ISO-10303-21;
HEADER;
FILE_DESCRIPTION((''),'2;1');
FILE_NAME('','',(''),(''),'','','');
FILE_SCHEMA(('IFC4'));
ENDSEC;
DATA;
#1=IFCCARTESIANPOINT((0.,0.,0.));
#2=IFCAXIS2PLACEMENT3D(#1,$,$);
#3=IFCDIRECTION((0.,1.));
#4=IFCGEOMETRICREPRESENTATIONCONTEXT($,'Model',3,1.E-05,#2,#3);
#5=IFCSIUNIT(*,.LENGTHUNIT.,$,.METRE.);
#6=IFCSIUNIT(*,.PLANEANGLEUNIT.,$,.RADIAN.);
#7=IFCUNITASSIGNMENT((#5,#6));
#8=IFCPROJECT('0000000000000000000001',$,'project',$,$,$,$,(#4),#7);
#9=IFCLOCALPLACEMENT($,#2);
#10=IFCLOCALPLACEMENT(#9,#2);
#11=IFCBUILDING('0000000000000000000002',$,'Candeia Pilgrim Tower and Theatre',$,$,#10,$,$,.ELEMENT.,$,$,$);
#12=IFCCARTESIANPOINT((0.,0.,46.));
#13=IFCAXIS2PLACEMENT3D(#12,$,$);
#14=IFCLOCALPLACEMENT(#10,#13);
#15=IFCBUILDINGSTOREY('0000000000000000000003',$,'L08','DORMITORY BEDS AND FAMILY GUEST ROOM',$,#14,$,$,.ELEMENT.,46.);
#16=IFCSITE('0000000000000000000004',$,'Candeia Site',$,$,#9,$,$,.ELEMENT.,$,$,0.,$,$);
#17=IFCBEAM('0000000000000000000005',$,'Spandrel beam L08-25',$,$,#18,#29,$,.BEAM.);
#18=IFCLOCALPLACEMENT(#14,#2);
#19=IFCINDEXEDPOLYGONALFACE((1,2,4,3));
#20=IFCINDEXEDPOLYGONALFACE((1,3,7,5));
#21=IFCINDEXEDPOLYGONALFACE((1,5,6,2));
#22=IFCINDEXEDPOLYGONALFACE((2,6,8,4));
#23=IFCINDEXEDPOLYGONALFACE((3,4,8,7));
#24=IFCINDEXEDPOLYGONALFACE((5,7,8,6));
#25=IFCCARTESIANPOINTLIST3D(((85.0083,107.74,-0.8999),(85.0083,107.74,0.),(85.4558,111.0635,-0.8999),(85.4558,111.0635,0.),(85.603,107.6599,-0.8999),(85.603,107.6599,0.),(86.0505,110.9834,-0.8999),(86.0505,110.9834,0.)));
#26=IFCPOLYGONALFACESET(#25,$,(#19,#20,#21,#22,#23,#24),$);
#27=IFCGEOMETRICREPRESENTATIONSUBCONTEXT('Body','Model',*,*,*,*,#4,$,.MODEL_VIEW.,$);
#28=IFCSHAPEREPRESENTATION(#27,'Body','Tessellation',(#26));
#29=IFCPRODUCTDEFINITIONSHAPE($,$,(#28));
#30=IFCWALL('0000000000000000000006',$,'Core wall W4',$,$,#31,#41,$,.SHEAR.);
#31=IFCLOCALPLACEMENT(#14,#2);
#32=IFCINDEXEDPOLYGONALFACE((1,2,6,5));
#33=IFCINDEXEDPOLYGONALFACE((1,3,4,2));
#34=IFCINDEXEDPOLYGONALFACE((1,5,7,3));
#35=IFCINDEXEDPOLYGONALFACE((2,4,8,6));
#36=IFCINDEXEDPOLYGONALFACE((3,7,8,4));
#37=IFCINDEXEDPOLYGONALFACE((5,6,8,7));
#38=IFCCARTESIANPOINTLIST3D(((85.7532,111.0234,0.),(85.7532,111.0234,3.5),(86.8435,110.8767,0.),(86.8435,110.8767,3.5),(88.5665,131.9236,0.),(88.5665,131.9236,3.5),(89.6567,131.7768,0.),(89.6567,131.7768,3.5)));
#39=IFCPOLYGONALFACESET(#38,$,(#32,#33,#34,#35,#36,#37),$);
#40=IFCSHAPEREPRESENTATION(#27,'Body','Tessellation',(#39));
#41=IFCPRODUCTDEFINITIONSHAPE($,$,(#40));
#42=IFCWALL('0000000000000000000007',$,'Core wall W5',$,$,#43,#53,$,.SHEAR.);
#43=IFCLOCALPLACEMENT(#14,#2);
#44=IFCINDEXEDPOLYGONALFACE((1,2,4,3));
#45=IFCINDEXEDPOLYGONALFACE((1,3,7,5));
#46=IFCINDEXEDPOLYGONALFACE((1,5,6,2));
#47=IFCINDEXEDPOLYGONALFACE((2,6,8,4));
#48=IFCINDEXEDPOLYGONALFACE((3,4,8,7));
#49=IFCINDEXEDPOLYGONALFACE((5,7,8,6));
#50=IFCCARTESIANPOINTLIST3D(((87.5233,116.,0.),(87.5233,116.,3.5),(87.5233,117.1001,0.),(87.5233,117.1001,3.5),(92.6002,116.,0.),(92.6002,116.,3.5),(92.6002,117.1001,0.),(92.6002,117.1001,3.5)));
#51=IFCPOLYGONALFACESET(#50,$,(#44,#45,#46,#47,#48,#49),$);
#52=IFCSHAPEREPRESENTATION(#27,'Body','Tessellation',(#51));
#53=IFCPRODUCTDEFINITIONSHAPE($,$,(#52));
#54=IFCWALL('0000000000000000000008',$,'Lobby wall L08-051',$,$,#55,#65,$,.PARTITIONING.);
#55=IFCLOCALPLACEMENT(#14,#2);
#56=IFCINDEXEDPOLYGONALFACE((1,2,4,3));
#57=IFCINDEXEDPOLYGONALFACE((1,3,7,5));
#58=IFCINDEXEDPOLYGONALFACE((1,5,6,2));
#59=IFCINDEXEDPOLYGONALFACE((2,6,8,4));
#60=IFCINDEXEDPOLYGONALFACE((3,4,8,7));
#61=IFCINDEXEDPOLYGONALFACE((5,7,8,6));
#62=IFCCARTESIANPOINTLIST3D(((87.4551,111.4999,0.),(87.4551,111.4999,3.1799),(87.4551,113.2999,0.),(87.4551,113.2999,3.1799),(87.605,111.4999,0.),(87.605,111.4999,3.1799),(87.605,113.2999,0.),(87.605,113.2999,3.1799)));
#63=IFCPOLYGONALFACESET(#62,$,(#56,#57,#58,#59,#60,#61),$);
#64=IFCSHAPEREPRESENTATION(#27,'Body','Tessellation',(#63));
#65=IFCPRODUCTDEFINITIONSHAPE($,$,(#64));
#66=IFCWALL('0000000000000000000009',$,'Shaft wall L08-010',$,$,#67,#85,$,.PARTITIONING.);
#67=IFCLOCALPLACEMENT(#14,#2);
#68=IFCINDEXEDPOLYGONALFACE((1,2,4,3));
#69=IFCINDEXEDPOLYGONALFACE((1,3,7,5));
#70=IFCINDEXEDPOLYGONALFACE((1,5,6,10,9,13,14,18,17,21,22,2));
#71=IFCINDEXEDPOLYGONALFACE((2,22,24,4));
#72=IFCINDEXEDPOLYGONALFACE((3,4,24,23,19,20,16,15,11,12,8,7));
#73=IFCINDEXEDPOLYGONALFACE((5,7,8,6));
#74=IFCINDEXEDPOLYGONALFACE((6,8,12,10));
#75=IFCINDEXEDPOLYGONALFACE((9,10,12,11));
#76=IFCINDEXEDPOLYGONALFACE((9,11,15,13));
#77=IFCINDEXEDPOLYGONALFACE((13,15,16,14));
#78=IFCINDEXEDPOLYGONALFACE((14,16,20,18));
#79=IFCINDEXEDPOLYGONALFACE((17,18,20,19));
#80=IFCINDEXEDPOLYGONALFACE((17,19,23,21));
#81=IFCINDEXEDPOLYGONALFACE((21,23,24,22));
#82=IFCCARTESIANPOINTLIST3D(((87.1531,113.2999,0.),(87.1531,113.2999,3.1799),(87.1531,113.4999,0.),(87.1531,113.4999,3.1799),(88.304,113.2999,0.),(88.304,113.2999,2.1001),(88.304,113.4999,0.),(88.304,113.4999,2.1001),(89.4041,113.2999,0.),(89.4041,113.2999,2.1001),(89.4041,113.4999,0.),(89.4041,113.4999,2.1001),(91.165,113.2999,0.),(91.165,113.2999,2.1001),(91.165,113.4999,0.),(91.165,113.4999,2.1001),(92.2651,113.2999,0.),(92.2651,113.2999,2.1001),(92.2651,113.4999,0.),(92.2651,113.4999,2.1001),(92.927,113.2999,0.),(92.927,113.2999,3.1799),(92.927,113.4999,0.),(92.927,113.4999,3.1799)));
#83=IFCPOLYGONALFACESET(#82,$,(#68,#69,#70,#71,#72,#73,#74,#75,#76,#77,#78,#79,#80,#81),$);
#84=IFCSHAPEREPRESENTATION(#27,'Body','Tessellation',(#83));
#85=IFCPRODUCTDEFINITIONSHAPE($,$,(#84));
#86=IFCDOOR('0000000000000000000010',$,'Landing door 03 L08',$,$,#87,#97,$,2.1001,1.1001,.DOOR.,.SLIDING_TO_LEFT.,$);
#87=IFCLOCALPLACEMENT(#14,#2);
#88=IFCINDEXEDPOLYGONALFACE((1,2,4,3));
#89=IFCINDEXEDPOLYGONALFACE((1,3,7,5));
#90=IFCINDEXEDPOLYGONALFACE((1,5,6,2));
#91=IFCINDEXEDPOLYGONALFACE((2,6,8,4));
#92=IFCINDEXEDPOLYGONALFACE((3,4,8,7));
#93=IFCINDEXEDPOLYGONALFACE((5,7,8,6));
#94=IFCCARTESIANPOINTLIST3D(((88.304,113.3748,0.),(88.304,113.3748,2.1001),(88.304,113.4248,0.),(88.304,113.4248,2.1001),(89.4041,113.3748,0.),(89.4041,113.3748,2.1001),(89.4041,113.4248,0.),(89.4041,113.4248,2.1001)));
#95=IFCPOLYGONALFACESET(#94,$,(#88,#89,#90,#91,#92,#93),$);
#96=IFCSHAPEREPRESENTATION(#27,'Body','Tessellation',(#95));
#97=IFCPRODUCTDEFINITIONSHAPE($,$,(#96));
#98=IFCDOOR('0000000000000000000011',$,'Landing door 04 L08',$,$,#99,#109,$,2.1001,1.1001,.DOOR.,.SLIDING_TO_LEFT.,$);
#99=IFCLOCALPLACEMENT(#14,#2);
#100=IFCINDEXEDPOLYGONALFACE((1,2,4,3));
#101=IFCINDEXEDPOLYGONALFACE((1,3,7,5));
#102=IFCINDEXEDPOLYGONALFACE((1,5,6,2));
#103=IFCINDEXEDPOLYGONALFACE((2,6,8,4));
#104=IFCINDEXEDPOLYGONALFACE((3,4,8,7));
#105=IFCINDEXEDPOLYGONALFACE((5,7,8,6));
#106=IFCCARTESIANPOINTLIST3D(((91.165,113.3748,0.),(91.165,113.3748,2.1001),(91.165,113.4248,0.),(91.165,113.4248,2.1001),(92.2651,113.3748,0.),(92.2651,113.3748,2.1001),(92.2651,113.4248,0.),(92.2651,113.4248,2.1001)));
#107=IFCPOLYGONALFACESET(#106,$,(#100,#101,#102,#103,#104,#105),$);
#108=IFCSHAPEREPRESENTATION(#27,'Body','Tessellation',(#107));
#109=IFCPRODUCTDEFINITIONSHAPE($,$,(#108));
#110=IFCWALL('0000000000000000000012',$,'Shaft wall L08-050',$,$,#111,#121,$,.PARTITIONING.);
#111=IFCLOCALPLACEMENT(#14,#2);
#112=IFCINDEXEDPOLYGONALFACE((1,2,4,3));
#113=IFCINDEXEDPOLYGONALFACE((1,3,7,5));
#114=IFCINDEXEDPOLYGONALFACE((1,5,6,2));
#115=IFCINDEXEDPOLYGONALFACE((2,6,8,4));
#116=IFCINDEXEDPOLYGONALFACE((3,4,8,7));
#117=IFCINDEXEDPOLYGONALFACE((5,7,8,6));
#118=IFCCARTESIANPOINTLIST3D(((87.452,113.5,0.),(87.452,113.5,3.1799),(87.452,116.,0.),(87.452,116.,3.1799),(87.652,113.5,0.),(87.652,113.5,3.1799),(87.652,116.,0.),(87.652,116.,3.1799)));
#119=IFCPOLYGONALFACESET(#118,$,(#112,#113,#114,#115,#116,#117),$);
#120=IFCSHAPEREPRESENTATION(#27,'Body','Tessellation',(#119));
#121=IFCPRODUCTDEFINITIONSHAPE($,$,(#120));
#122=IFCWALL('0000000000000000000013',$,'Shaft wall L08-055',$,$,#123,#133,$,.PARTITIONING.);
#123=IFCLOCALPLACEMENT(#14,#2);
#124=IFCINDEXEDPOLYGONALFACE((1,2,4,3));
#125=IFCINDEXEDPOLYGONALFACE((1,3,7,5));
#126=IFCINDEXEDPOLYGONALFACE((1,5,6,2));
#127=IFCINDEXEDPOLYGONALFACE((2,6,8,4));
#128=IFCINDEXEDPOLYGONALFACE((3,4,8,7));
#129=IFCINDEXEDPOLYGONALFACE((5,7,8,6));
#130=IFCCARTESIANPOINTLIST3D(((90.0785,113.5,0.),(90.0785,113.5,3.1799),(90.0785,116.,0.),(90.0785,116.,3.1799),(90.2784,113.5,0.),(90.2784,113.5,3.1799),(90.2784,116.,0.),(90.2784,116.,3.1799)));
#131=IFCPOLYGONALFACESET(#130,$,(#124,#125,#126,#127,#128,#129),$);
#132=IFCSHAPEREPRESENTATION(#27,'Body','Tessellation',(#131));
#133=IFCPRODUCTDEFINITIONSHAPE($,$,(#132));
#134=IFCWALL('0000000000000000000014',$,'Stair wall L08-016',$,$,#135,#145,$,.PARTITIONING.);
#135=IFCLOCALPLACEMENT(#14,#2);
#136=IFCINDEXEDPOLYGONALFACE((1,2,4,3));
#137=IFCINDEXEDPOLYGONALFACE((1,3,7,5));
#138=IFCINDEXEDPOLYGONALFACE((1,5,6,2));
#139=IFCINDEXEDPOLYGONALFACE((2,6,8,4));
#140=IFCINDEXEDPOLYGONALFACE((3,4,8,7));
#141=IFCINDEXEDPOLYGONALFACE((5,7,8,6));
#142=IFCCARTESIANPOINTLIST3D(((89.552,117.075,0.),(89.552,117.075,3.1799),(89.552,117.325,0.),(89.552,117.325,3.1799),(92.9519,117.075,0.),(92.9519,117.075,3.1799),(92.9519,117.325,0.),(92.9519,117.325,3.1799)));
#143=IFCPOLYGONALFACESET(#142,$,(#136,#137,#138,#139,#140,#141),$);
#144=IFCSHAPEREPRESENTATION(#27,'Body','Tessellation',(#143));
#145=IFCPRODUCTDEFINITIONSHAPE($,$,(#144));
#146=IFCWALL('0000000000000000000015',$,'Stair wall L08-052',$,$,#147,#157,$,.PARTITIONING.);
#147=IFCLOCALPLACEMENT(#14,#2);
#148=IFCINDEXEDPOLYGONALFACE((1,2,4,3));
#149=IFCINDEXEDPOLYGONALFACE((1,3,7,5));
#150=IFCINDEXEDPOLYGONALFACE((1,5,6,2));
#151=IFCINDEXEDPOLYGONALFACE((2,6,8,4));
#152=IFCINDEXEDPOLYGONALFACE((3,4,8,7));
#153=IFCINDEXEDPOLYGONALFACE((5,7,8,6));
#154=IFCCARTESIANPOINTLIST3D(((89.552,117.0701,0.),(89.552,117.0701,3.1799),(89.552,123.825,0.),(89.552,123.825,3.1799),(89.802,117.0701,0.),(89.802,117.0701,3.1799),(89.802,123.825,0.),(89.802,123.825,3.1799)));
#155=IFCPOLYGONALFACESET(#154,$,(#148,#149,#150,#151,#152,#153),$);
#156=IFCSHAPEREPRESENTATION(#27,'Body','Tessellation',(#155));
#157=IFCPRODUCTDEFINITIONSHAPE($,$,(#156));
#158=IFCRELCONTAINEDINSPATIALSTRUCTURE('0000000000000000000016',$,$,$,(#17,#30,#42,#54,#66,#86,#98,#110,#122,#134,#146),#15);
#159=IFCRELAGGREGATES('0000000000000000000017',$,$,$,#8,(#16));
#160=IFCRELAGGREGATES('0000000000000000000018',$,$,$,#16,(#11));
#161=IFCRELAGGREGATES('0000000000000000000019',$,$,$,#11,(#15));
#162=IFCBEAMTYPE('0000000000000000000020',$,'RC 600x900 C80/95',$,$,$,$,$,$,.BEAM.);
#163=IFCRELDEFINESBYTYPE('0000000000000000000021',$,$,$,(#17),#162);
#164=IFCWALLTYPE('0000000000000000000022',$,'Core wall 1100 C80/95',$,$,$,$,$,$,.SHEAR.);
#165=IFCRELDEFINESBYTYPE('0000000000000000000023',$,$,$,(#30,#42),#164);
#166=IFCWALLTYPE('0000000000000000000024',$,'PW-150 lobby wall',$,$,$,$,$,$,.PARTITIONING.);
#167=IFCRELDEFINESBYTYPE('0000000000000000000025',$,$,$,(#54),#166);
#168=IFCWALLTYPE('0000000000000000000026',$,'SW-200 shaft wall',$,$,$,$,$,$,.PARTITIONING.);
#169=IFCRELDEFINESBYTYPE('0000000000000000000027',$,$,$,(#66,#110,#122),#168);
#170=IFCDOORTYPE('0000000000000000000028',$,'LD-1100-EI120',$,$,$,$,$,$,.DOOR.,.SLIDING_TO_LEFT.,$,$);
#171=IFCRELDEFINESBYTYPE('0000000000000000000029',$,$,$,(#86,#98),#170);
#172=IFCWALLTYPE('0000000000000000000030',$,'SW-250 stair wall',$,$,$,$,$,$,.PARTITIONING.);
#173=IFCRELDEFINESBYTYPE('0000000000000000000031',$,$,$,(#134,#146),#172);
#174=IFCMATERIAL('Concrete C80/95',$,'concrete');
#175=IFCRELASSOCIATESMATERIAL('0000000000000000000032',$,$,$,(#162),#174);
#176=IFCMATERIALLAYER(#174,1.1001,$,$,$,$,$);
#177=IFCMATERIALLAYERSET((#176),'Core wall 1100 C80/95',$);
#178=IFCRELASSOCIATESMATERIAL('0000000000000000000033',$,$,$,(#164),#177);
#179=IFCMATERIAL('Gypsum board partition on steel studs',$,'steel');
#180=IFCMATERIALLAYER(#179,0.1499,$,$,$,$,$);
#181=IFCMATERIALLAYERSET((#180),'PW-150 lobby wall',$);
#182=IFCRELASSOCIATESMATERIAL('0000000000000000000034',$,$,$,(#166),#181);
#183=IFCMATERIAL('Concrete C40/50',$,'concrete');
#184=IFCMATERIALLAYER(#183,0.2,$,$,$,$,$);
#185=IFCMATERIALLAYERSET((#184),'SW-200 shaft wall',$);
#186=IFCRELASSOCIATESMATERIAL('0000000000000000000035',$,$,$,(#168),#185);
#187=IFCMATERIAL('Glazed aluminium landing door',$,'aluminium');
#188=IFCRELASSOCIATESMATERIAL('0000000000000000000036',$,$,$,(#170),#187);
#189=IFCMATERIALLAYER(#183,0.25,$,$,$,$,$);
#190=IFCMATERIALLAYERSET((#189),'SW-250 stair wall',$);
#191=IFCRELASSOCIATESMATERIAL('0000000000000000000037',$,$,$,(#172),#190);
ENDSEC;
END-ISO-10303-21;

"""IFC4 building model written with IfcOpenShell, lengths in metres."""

from ifc_helpers import new_model, si_unit, direction, frame, frame_2d, origin, origin_2d, place, context, subcontext, project, spatial, rectangle, extrude, material, layer, layer_set, material_profile, profile_set, type_object, element, fill, save


model = new_model("IFC4")

# Units and contexts
model_context = context("Model", 3, precision=1e-05, world=origin(), true_north=direction((0.0, 1.0)))
body_context = subcontext(model_context, "Body", "Model", "MODEL_VIEW")
ifc_project = project(units=[si_unit("LENGTHUNIT", "METRE"), si_unit("PLANEANGLEUNIT", "RADIAN")], contexts=[model_context])

# Site, building, storey
site_placement = place(None, origin())
site = spatial("IfcSite", under=ifc_project, at=site_placement, Name="Candeia Site", CompositionType="ELEMENT", RefElevation=0.0)
building_placement = place(site_placement, origin())
building = spatial("IfcBuilding", under=site, at=building_placement, Name="Candeia Pilgrim Tower and Theatre", CompositionType="ELEMENT")
storey_placement = place(building_placement, frame((0.0, 0.0, 46.0)))
storey = spatial("IfcBuildingStorey", under=building, at=storey_placement, Name="L08", Description="DORMITORY BEDS AND FAMILY GUEST ROOM", CompositionType="ELEMENT", Elevation=46.0)

# Beam
ifc_material_1 = material(Name="Concrete C80/95", Category="concrete")
ifc_material_profile = material_profile(ifc_material_1, rectangle(XDim=0.6001, YDim=0.8999, at=origin_2d()))
ifc_profile_set = profile_set([ifc_material_profile], Name="Concrete C80/95")
beam_type = type_object("IfcBeamType", Name="RC 600x900 C80/95", PredefinedType="BEAM", material=ifc_profile_set)
beam_placement = place(storey_placement, frame((85.7532, 111.0234, -0.45), z_axis=(-0.133446, -0.991056, 0.0), x_axis=(0.991056, -0.133446, 0.0)))
element("IfcBeam", 1, at=beam_placement, inside=storey, type_object=beam_type, Name="Spandrel beam L08-25", PredefinedType="BEAM", context=body_context, shape_type="SweptSolid", body=[
    extrude(rectangle(XDim=0.6001, YDim=0.8999, at=origin_2d()), origin(), (0.0, 0.0, 1.0), 3.3535),
])

# Walls
ifc_layer_1 = layer(ifc_material_1, 1.1001)
ifc_layer_set_1 = layer_set([ifc_layer_1], Name="Core wall 1100 C80/95")
wall_type_1 = type_object("IfcWallType", Name="Core wall 1100 C80/95", PredefinedType="SHEAR", material=ifc_layer_set_1)
wall_1_placement = place(storey_placement, frame((86.2983, 110.95, 0.0), z_axis=(0.0, 0.0, 1.0), x_axis=(0.1334, 0.991062, 0.0)))
element("IfcWall", 2, at=wall_1_placement, inside=storey, type_object=wall_type_1, Name="Core wall W4", PredefinedType="SHEAR", context=body_context, shape_type="SweptSolid", body=[
    extrude(rectangle(XDim=21.0886, YDim=1.1001, at=frame_2d((10.5444, 0.0))), origin(), (0.0, 0.0, 1.0), 3.5),
])
wall_2_placement = place(storey_placement, frame((87.5232, 116.55, 0.0), z_axis=(0.0, 0.0, 1.0), x_axis=(1.0, 0.0, 0.0)))
element("IfcWall", 3, at=wall_2_placement, inside=storey, type_object=wall_type_1, Name="Core wall W5", PredefinedType="SHEAR", context=body_context, shape_type="SweptSolid", body=[
    extrude(rectangle(XDim=5.0769, YDim=1.1001, at=frame_2d((2.5386, 0.0))), origin(), (0.0, 0.0, 1.0), 3.5),
])
ifc_material_2 = material(Name="Gypsum board partition on steel studs", Category="steel")
ifc_layer_2 = layer(ifc_material_2, 0.1499)
ifc_layer_set_2 = layer_set([ifc_layer_2], Name="PW-150 lobby wall")
wall_type_2 = type_object("IfcWallType", Name="PW-150 lobby wall", PredefinedType="PARTITIONING", material=ifc_layer_set_2)
wall_3_placement = place(storey_placement, frame((87.53, 111.5, 0.0), z_axis=(0.0, 0.0, 1.0), x_axis=(0.0, 1.0, 0.0)))
element("IfcWall", 4, at=wall_3_placement, inside=storey, type_object=wall_type_2, Name="Lobby wall L08-051", PredefinedType="PARTITIONING", context=body_context, shape_type="SweptSolid", body=[
    extrude(rectangle(XDim=1.8, YDim=0.1499, at=frame_2d((0.8999, 0.0))), origin(), (0.0, 0.0, 1.0), 3.1799),
])

# Wall, openings, doors
ifc_material_3 = material(Name="Concrete C40/50", Category="concrete")
ifc_layer_3 = layer(ifc_material_3, 0.2)
ifc_layer_set_3 = layer_set([ifc_layer_3], Name="SW-200 shaft wall")
wall_type_3 = type_object("IfcWallType", Name="SW-200 shaft wall", PredefinedType="PARTITIONING", material=ifc_layer_set_3)
wall_4_placement = place(storey_placement, frame((87.1531, 113.3999, 0.0), z_axis=(0.0, 0.0, 1.0), x_axis=(1.0, 0.0, 0.0)))
wall_4 = element("IfcWall", 5, at=wall_4_placement, inside=storey, type_object=wall_type_3, Name="Shaft wall L08-010", PredefinedType="PARTITIONING", context=body_context, shape_type="SweptSolid", body=[
    extrude(rectangle(XDim=5.7739, YDim=0.2, at=frame_2d((2.887, 0.0))), origin(), (0.0, 0.0, 1.0), 3.1799),
])
opening_1_placement = place(wall_4_placement, frame((1.1509, 0.0, 0.0)))
opening_1 = element("IfcOpeningElement", 6, at=opening_1_placement, cuts=wall_4, PredefinedType="OPENING", context=body_context, shape_type="SweptSolid", body=[
    extrude(rectangle(XDim=1.1001, YDim=2.1001, at=frame_2d((0.55, 1.05))), frame((0.0, 0.1099, 0.0), z_axis=(0.0, -1.0, 0.0), x_axis=(1.0, 0.0, 0.0)), (0.0, 0.0, 1.0), 0.22),
])
opening_2_placement = place(wall_4_placement, frame((4.012, 0.0, 0.0)))
opening_2 = element("IfcOpeningElement", 7, at=opening_2_placement, cuts=wall_4, PredefinedType="OPENING", context=body_context, shape_type="SweptSolid", body=[
    extrude(rectangle(XDim=1.1001, YDim=2.1001, at=frame_2d((0.55, 1.05))), frame((0.0, 0.1099, 0.0), z_axis=(0.0, -1.0, 0.0), x_axis=(1.0, 0.0, 0.0)), (0.0, 0.0, 1.0), 0.22),
])
ifc_material_4 = material(Name="Glazed aluminium landing door", Category="aluminium")
door_type = type_object("IfcDoorType", Name="LD-1100-EI120", OperationType="SLIDING_TO_LEFT", PredefinedType="DOOR", material=ifc_material_4)
door_1_placement = place(opening_1_placement, origin())
door_1 = element("IfcDoor", 8, at=door_1_placement, inside=storey, type_object=door_type, Name="Landing door 03 L08", OperationType="SLIDING_TO_LEFT", OverallHeight=2.1001, OverallWidth=1.1001, PredefinedType="DOOR", context=body_context, shape_type="SweptSolid", body=[
    extrude(rectangle(XDim=1.1001, YDim=2.1001, at=frame_2d((0.55, 1.05))), frame((0.0, 0.0249, 0.0), z_axis=(0.0, -1.0, 0.0), x_axis=(1.0, 0.0, 0.0)), (0.0, 0.0, 1.0), 0.05),
])
fill(opening_1, door_1)
door_2_placement = place(opening_2_placement, origin())
door_2 = element("IfcDoor", 9, at=door_2_placement, inside=storey, type_object=door_type, Name="Landing door 04 L08", OperationType="SLIDING_TO_LEFT", OverallHeight=2.1001, OverallWidth=1.1001, PredefinedType="DOOR", context=body_context, shape_type="SweptSolid", body=[
    extrude(rectangle(XDim=1.1001, YDim=2.1001, at=frame_2d((0.55, 1.05))), frame((0.0, 0.0249, 0.0), z_axis=(0.0, -1.0, 0.0), x_axis=(1.0, 0.0, 0.0)), (0.0, 0.0, 1.0), 0.05),
])
fill(opening_2, door_2)

# Walls
for number, where, z_axis, x_axis, name in (
    (10, (87.552, 113.5, 0.0), (0.0, 0.0, 1.0), (0.0, 1.0, 0.0), "Shaft wall L08-050"),
    (11, (90.1785, 113.5, 0.0), (0.0, 0.0, 1.0), (0.0, 1.0, 0.0), "Shaft wall L08-055"),
):
    element("IfcWall", number, at=place(storey_placement, frame(where, z_axis=z_axis, x_axis=x_axis)), inside=storey, type_object=wall_type_3, Name=name, PredefinedType="PARTITIONING", context=body_context, shape_type="SweptSolid", body=[
        extrude(rectangle(XDim=2.5, YDim=0.2, at=frame_2d((1.25, 0.0))), origin(), (0.0, 0.0, 1.0), 3.1799),
    ])
ifc_layer_4 = layer(ifc_material_3, 0.25)
ifc_layer_set_4 = layer_set([ifc_layer_4], Name="SW-250 stair wall")
wall_type_4 = type_object("IfcWallType", Name="SW-250 stair wall", PredefinedType="PARTITIONING", material=ifc_layer_set_4)
wall_5_placement = place(storey_placement, frame((89.552, 117.2, 0.0), z_axis=(0.0, 0.0, 1.0), x_axis=(1.0, 0.0, 0.0)))
element("IfcWall", 12, at=wall_5_placement, inside=storey, type_object=wall_type_4, Name="Stair wall L08-016", PredefinedType="PARTITIONING", context=body_context, shape_type="SweptSolid", body=[
    extrude(rectangle(XDim=3.3999, YDim=0.25, at=frame_2d((1.7, 0.0))), origin(), (0.0, 0.0, 1.0), 3.1799),
])
wall_6_placement = place(storey_placement, frame((89.677, 117.0701, 0.0), z_axis=(0.0, 0.0, 1.0), x_axis=(0.0, 1.0, 0.0)))
element("IfcWall", 13, at=wall_6_placement, inside=storey, type_object=wall_type_4, Name="Stair wall L08-052", PredefinedType="PARTITIONING", context=body_context, shape_type="SweptSolid", body=[
    extrude(rectangle(XDim=6.7549, YDim=0.25, at=frame_2d((3.3774, 0.0))), origin(), (0.0, 0.0, 1.0), 3.1799),
])

save(model, "model.ifc")
